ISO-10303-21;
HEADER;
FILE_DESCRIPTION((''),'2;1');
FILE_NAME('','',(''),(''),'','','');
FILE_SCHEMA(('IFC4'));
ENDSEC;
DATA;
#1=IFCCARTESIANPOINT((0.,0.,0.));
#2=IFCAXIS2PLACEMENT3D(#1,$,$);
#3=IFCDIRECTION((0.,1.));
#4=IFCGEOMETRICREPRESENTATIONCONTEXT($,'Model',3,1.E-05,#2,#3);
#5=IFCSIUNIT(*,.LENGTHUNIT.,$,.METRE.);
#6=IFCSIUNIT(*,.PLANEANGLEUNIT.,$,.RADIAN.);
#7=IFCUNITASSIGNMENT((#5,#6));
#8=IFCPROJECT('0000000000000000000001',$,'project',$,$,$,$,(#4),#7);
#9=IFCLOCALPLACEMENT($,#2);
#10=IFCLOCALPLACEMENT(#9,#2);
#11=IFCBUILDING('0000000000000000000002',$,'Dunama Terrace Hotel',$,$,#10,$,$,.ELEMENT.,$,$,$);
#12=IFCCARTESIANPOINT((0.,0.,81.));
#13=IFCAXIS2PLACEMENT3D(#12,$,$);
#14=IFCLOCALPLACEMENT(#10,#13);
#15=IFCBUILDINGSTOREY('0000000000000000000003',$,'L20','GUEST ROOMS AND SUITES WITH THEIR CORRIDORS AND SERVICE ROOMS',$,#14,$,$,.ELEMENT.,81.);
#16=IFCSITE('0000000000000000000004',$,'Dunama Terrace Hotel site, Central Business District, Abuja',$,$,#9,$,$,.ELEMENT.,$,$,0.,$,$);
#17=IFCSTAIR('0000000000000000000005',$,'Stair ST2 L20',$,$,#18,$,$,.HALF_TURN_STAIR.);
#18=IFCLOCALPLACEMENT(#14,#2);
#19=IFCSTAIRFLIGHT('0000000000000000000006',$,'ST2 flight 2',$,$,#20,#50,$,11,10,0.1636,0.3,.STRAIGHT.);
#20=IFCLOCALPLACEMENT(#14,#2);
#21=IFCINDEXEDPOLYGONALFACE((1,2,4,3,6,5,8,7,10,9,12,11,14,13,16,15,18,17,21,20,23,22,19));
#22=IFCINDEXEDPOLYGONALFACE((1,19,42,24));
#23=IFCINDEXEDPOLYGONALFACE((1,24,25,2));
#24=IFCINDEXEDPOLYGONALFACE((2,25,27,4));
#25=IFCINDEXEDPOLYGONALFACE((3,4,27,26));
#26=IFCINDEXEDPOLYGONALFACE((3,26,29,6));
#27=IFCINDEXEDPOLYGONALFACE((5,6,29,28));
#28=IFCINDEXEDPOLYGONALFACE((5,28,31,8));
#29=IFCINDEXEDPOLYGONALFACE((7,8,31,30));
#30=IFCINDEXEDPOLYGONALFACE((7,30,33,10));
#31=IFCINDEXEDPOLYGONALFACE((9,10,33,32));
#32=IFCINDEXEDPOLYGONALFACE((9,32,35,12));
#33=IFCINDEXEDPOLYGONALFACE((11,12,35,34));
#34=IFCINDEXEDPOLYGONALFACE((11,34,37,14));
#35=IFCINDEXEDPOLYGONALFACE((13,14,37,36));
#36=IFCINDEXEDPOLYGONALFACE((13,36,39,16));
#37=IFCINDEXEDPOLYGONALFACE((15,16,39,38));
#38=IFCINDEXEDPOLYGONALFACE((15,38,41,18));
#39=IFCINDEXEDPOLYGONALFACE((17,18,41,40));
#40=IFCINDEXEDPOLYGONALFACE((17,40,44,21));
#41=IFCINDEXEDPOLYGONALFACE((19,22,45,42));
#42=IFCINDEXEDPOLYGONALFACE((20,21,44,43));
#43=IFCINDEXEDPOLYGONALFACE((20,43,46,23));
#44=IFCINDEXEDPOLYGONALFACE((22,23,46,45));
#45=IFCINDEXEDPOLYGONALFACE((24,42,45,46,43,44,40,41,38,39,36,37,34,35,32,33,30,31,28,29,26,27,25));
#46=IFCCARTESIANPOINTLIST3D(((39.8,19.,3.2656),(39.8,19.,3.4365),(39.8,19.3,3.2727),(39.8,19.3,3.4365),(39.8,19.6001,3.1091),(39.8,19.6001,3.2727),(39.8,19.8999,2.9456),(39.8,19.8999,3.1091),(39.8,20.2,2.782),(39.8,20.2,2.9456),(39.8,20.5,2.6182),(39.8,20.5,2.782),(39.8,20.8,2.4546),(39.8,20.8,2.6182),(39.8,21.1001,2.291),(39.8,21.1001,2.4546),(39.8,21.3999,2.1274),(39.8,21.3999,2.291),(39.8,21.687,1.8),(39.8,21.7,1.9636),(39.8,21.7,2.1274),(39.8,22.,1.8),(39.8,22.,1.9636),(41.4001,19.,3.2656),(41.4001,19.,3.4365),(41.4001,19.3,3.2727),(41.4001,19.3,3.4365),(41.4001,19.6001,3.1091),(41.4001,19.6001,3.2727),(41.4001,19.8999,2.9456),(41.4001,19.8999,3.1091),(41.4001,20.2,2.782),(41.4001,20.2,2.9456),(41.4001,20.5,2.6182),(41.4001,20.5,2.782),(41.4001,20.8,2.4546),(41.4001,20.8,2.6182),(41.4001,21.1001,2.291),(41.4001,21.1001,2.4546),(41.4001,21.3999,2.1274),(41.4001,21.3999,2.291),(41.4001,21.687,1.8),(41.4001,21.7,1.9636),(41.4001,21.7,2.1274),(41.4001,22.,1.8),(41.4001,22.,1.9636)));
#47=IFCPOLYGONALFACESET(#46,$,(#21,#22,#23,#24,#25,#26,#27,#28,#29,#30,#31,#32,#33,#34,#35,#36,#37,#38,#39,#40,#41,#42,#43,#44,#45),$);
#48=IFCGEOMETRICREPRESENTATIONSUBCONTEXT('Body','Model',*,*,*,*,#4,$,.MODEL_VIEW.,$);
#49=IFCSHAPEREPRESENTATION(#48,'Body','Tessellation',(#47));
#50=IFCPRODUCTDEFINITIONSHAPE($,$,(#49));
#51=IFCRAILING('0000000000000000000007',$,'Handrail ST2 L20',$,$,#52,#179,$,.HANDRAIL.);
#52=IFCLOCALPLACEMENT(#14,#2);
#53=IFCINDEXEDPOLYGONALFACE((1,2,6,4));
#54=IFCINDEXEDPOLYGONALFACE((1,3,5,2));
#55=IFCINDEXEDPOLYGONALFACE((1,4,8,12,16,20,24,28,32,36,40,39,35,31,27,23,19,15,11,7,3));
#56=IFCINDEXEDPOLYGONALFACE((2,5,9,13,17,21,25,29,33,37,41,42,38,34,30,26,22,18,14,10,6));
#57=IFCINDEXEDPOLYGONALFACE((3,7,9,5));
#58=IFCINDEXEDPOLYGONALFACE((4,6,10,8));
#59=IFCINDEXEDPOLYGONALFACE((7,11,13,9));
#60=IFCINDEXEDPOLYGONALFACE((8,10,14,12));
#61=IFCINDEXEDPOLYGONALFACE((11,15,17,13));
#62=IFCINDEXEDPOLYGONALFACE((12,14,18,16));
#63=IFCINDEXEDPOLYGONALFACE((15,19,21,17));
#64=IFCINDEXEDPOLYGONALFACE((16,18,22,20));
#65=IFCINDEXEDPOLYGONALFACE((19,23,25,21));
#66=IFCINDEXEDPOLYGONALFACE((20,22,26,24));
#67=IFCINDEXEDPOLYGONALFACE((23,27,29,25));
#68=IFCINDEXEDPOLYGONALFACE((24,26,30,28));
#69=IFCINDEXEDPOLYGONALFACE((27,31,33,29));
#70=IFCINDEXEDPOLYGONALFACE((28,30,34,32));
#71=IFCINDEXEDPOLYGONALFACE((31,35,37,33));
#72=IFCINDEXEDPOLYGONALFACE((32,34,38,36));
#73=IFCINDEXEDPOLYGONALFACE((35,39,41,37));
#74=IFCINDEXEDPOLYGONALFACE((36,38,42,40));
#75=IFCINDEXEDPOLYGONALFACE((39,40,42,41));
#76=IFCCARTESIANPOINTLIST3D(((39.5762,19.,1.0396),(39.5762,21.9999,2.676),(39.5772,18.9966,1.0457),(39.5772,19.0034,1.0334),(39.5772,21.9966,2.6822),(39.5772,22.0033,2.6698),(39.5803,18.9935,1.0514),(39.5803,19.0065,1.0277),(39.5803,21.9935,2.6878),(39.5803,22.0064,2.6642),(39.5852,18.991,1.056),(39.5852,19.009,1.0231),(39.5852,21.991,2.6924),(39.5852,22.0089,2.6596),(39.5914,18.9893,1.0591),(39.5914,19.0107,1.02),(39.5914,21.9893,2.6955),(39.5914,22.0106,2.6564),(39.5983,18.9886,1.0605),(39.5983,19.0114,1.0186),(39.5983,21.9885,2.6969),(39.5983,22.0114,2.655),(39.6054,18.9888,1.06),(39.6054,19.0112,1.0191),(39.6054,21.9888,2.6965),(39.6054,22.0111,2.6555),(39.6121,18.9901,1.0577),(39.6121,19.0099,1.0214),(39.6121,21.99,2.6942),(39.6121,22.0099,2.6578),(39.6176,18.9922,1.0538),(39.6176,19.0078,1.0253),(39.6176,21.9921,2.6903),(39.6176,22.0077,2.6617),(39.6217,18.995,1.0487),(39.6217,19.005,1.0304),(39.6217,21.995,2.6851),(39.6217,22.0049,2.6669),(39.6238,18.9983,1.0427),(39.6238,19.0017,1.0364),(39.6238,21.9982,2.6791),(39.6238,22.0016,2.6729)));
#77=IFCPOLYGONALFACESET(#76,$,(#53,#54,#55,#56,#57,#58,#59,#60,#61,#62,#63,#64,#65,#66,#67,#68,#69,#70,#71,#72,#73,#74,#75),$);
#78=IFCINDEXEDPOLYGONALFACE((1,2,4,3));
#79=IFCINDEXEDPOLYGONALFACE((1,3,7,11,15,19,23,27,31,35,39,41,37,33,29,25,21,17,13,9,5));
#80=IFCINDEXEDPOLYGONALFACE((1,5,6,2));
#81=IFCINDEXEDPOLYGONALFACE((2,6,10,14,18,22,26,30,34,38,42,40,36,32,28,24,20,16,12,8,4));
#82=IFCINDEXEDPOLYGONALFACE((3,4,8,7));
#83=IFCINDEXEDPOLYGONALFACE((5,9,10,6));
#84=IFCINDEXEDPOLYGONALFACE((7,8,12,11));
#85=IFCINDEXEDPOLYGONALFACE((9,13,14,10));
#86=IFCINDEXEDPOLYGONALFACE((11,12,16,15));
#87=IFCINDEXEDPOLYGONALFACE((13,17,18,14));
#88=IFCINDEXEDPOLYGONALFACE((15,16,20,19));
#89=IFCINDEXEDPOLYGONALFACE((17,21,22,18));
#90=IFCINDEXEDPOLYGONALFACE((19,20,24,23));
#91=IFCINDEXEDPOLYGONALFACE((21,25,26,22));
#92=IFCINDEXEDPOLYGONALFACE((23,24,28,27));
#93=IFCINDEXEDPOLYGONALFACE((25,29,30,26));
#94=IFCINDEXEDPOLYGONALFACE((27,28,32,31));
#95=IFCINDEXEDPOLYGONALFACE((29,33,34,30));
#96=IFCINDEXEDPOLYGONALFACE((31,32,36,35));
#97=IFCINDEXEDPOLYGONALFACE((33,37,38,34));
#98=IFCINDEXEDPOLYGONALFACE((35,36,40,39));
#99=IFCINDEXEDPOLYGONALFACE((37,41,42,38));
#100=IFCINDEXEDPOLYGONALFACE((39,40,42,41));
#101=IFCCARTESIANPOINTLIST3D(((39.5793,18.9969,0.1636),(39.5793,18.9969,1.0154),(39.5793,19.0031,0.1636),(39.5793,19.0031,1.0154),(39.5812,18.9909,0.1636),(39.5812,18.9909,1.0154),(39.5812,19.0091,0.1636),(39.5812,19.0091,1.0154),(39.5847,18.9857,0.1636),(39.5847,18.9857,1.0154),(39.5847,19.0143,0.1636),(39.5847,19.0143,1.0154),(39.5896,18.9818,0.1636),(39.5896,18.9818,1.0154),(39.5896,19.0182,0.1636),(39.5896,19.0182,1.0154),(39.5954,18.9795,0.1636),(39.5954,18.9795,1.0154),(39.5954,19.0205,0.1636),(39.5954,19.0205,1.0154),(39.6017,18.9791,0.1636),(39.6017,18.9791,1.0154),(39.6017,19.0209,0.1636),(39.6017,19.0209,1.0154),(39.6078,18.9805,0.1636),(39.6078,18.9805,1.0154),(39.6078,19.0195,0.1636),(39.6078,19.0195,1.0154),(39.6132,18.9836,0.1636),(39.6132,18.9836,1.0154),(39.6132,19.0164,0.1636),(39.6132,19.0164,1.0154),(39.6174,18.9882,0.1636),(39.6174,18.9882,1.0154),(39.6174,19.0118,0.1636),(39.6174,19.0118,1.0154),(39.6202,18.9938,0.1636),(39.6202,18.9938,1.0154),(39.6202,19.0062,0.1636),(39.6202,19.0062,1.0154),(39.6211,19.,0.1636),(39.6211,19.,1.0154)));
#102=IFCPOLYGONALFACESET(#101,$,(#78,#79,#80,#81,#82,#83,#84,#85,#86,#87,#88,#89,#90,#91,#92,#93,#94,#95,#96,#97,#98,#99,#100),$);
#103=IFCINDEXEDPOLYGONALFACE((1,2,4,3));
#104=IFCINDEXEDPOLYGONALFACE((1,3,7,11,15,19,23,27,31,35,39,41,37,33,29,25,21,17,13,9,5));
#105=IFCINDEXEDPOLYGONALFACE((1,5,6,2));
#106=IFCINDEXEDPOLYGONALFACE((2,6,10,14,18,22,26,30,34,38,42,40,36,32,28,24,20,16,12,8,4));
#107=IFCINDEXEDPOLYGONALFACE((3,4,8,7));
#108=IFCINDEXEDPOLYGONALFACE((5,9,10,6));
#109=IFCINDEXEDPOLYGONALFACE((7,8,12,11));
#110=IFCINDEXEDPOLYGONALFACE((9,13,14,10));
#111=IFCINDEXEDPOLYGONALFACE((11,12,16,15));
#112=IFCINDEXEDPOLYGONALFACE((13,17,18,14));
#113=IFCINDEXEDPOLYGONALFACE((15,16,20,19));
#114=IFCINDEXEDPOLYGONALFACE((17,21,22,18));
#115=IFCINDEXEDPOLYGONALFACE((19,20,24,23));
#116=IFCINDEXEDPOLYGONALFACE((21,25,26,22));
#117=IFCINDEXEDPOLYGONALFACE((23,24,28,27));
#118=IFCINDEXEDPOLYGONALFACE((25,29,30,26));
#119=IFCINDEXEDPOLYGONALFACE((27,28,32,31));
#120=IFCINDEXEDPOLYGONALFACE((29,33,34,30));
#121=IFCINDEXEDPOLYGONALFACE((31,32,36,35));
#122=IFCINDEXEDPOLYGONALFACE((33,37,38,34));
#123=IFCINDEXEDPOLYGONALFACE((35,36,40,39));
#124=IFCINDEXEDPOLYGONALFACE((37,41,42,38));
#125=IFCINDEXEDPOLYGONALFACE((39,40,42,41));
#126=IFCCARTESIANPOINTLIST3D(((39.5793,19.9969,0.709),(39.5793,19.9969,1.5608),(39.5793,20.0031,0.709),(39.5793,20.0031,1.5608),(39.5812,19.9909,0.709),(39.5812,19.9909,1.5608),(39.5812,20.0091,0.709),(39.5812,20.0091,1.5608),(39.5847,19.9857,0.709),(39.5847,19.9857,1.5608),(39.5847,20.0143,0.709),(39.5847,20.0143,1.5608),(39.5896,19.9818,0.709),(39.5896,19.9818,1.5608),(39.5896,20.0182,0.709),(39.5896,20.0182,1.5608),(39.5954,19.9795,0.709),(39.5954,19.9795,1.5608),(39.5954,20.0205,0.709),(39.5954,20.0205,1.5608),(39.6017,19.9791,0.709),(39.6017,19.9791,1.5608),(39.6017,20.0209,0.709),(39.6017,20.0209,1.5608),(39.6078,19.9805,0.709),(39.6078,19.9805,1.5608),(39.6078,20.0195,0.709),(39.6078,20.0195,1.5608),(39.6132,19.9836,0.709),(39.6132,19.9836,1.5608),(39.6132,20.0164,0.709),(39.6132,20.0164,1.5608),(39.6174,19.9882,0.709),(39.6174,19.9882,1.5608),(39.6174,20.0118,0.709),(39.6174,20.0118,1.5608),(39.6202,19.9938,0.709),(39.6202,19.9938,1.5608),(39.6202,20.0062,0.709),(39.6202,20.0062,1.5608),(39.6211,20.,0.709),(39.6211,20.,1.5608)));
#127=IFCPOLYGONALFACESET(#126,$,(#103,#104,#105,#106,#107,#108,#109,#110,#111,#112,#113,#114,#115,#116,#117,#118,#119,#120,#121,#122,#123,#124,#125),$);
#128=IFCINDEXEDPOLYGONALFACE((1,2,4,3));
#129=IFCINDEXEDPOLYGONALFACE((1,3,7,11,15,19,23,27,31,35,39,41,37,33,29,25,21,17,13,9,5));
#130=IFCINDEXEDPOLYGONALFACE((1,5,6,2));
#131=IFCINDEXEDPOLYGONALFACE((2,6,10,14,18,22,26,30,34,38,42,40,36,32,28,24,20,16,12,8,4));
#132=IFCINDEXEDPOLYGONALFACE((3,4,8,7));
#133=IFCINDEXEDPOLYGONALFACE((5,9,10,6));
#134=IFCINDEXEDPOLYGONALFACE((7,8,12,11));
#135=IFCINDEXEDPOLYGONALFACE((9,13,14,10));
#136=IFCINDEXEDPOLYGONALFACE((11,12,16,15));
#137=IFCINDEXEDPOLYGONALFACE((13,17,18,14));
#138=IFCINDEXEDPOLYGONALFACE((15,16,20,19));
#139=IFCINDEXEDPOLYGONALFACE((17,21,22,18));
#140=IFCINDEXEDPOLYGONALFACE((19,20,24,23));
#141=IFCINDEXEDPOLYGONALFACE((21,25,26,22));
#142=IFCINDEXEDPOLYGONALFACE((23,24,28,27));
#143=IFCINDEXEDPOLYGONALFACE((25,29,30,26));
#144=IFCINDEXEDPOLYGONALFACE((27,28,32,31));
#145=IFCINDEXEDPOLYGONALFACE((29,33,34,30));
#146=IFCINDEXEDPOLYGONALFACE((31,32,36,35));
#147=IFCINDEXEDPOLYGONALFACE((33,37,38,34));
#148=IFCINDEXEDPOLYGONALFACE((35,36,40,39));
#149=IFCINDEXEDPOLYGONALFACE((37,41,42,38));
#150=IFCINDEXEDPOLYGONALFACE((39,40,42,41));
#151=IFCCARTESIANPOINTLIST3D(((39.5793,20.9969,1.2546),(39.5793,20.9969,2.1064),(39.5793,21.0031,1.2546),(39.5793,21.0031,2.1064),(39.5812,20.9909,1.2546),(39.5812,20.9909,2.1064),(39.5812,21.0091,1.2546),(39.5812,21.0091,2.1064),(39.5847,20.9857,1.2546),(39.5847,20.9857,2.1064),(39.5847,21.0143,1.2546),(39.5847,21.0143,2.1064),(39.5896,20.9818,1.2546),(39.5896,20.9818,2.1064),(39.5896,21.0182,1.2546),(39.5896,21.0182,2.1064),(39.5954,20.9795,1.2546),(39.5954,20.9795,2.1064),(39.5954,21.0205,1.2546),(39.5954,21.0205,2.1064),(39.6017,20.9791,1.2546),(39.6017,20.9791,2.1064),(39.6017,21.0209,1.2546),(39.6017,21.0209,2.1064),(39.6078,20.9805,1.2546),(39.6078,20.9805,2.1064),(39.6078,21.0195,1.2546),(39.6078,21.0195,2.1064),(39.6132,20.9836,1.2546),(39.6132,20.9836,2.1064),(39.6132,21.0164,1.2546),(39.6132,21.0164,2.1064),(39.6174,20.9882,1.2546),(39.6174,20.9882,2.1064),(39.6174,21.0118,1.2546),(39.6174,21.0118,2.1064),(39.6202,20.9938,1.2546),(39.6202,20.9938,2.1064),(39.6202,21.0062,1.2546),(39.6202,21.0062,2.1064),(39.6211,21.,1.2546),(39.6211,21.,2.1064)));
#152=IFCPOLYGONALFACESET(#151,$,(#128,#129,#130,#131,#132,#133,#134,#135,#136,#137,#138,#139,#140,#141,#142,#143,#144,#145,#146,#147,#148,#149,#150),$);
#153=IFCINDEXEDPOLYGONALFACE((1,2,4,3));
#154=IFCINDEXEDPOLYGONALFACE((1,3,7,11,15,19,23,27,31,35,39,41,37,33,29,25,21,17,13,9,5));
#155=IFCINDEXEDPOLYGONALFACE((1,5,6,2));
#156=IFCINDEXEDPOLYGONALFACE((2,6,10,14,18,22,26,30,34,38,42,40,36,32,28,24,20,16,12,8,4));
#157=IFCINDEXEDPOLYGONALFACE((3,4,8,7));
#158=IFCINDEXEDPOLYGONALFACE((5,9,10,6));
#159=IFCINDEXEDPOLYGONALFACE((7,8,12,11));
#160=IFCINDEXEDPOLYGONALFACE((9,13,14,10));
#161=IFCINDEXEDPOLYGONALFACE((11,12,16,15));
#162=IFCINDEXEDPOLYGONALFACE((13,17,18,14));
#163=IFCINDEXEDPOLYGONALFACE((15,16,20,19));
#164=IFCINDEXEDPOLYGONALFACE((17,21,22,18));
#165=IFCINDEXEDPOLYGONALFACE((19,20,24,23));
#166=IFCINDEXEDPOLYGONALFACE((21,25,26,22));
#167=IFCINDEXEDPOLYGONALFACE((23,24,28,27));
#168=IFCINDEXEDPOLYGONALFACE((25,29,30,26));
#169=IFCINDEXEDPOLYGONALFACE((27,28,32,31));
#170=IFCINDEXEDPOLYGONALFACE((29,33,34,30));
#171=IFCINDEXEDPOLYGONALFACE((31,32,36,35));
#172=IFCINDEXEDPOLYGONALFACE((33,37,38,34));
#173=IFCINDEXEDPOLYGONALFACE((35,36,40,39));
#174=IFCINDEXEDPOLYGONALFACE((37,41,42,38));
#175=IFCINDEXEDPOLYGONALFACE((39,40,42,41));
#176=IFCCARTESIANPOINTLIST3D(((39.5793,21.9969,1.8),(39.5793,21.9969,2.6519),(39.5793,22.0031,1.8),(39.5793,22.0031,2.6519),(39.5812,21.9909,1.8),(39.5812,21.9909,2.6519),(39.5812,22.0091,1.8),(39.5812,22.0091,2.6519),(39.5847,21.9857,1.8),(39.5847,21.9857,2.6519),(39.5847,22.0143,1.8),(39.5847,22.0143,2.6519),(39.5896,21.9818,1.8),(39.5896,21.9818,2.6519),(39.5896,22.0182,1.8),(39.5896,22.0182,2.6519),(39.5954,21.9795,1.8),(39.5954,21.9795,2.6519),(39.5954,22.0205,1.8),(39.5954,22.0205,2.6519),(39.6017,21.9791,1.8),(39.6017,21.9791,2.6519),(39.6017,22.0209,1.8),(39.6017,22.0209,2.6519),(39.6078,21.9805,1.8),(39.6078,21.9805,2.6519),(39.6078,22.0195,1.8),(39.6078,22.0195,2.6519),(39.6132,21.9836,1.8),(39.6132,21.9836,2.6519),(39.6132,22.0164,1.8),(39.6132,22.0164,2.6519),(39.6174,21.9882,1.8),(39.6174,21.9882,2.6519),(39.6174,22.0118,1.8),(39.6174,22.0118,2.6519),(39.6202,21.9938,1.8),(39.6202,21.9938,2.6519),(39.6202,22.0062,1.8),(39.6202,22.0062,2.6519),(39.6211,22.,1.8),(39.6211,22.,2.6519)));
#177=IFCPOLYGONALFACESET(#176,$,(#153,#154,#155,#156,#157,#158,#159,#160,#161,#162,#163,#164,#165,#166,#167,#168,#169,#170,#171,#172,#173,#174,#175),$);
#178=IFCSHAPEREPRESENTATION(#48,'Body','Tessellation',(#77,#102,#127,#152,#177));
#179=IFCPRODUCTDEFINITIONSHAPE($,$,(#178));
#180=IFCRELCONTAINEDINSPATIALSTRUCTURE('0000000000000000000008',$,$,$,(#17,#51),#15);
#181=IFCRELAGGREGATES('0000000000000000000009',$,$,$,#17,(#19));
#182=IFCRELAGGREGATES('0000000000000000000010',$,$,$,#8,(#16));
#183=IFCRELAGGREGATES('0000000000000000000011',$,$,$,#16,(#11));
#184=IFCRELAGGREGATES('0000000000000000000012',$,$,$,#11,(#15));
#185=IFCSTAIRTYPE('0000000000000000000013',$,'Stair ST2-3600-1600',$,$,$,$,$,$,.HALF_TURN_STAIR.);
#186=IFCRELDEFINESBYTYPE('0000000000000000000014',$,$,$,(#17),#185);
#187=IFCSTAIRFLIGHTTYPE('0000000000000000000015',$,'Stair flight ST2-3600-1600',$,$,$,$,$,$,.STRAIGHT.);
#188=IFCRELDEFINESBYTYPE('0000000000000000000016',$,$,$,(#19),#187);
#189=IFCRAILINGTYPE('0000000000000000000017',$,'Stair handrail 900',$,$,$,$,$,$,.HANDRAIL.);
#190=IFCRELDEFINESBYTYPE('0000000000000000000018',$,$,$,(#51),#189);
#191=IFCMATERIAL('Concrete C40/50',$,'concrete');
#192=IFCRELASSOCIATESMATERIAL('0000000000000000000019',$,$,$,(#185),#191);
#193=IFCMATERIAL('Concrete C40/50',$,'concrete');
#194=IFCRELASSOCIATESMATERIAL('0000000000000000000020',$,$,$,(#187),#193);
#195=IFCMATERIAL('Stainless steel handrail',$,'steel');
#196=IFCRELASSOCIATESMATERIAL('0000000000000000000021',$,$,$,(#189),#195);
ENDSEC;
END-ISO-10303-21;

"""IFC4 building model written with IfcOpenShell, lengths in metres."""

from ifc_helpers import new_model, si_unit, direction, frame, origin, origin_2d, place, context, subcontext, project, spatial, polyline, circle, outline, extrude, material, type_object, element, aggregate, save


model = new_model("IFC4")

# Units and contexts
model_context = context("Model", 3, precision=1e-05, world=origin(), true_north=direction((0.0, 1.0)))
body_context = subcontext(model_context, "Body", "Model", "MODEL_VIEW")
ifc_project = project(units=[si_unit("LENGTHUNIT", "METRE"), si_unit("PLANEANGLEUNIT", "RADIAN")], contexts=[model_context])

# Site, building, storey
site_placement = place(None, origin())
site = spatial("IfcSite", under=ifc_project, at=site_placement, Name="Dunama Terrace Hotel site, Central Business District, Abuja", CompositionType="ELEMENT", RefElevation=0.0)
building_placement = place(site_placement, origin())
building = spatial("IfcBuilding", under=site, at=building_placement, Name="Dunama Terrace Hotel", CompositionType="ELEMENT")
storey_placement = place(building_placement, frame((0.0, 0.0, 81.0)))
storey = spatial("IfcBuildingStorey", under=building, at=storey_placement, Name="L20", Description="GUEST ROOMS AND SUITES WITH THEIR CORRIDORS AND SERVICE ROOMS", CompositionType="ELEMENT", Elevation=81.0)

# Stair, stair flight
ifc_material_1 = material(Name="Concrete C40/50", Category="concrete")
stair_type = type_object("IfcStairType", Name="Stair ST2-3600-1600", PredefinedType="HALF_TURN_STAIR", material=ifc_material_1)
stair_placement = place(storey_placement, origin())
stair = element("IfcStair", 1, at=stair_placement, inside=storey, type_object=stair_type, Name="Stair ST2 L20", PredefinedType="HALF_TURN_STAIR")
ifc_material_2 = material(Name="Concrete C40/50", Category="concrete")
stair_flight_type = type_object("IfcStairFlightType", Name="Stair flight ST2-3600-1600", PredefinedType="STRAIGHT", material=ifc_material_2)
stair_flight_1_placement = place(storey_placement, frame((40.6001, 22.0, 1.8), z_axis=(0.0, 0.0, 1.0), x_axis=(0.0, -1.0, 0.0)))
stair_flight_1 = element("IfcStairFlight", 2, at=stair_flight_1_placement, type_object=stair_flight_type, Name="ST2 flight 2", NumberOfRisers=11, NumberOfTreads=10, PredefinedType="STRAIGHT", RiserHeight=0.1636, TreadLength=0.3, context=body_context, shape_type="SweptSolid", body=[
    extrude(outline(polyline([(0.0, 0.0), (0.0, 0.1636), (0.3, 0.1636), (0.3, 0.3274), (0.6001, 0.3274), (0.6001, 0.491), (0.8999, 0.491), (0.8999, 0.6545), (1.2, 0.6545), (1.2, 0.8181), (1.5, 0.8181), (1.5, 0.9819), (1.8, 0.9819), (1.8, 1.1455), (2.1001, 1.1455), (2.1001, 1.3091), (2.3999, 1.3091), (2.3999, 1.4727), (2.7, 1.4727), (2.7, 1.6365), (3.0, 1.6365), (3.0, 1.8), (3.0, 1.4656), (0.313, 0.0), (0.0, 0.0)])), frame((0.0, 0.8, 0.0), z_axis=(0.0, -1.0, 0.0), x_axis=(1.0, 0.0, 0.0)), (0.0, 0.0, 1.0), 1.6001),
])
aggregate(stair, [stair_flight_1])

# Railing
ifc_material_3 = material(Name="Stainless steel handrail", Category="steel")
railing_type = type_object("IfcRailingType", Name="Stair handrail 900", PredefinedType="HANDRAIL", material=ifc_material_3)
railing_1_placement = place(storey_placement, frame((39.6001, 19.0, 0.1636)))
element("IfcRailing", 3, at=railing_1_placement, inside=storey, type_object=railing_type, Name="Handrail ST2 L20", PredefinedType="HANDRAIL", context=body_context, shape_type="SweptSolid", body=[
    extrude(circle(Radius=0.0239, at=origin_2d()), frame((0.0, 0.0, 0.876), z_axis=(0.0, 0.877882, 0.478877), x_axis=(-1.0, 0.0, 0.0)), (0.0, 0.0, 1.0), 3.4172),
    extrude(circle(Radius=0.021, at=origin_2d()), origin(), (0.0, 0.0, 1.0), 0.8518),
    extrude(circle(Radius=0.021, at=origin_2d()), frame((0.0, 1.0, 0.5454)), (0.0, 0.0, 1.0), 0.8518),
    extrude(circle(Radius=0.021, at=origin_2d()), frame((0.0, 2.0, 1.0911)), (0.0, 0.0, 1.0), 0.8518),
    extrude(circle(Radius=0.021, at=origin_2d()), frame((0.0, 3.0, 1.6365)), (0.0, 0.0, 1.0), 0.8518),
])

save(model, "model.ifc")
